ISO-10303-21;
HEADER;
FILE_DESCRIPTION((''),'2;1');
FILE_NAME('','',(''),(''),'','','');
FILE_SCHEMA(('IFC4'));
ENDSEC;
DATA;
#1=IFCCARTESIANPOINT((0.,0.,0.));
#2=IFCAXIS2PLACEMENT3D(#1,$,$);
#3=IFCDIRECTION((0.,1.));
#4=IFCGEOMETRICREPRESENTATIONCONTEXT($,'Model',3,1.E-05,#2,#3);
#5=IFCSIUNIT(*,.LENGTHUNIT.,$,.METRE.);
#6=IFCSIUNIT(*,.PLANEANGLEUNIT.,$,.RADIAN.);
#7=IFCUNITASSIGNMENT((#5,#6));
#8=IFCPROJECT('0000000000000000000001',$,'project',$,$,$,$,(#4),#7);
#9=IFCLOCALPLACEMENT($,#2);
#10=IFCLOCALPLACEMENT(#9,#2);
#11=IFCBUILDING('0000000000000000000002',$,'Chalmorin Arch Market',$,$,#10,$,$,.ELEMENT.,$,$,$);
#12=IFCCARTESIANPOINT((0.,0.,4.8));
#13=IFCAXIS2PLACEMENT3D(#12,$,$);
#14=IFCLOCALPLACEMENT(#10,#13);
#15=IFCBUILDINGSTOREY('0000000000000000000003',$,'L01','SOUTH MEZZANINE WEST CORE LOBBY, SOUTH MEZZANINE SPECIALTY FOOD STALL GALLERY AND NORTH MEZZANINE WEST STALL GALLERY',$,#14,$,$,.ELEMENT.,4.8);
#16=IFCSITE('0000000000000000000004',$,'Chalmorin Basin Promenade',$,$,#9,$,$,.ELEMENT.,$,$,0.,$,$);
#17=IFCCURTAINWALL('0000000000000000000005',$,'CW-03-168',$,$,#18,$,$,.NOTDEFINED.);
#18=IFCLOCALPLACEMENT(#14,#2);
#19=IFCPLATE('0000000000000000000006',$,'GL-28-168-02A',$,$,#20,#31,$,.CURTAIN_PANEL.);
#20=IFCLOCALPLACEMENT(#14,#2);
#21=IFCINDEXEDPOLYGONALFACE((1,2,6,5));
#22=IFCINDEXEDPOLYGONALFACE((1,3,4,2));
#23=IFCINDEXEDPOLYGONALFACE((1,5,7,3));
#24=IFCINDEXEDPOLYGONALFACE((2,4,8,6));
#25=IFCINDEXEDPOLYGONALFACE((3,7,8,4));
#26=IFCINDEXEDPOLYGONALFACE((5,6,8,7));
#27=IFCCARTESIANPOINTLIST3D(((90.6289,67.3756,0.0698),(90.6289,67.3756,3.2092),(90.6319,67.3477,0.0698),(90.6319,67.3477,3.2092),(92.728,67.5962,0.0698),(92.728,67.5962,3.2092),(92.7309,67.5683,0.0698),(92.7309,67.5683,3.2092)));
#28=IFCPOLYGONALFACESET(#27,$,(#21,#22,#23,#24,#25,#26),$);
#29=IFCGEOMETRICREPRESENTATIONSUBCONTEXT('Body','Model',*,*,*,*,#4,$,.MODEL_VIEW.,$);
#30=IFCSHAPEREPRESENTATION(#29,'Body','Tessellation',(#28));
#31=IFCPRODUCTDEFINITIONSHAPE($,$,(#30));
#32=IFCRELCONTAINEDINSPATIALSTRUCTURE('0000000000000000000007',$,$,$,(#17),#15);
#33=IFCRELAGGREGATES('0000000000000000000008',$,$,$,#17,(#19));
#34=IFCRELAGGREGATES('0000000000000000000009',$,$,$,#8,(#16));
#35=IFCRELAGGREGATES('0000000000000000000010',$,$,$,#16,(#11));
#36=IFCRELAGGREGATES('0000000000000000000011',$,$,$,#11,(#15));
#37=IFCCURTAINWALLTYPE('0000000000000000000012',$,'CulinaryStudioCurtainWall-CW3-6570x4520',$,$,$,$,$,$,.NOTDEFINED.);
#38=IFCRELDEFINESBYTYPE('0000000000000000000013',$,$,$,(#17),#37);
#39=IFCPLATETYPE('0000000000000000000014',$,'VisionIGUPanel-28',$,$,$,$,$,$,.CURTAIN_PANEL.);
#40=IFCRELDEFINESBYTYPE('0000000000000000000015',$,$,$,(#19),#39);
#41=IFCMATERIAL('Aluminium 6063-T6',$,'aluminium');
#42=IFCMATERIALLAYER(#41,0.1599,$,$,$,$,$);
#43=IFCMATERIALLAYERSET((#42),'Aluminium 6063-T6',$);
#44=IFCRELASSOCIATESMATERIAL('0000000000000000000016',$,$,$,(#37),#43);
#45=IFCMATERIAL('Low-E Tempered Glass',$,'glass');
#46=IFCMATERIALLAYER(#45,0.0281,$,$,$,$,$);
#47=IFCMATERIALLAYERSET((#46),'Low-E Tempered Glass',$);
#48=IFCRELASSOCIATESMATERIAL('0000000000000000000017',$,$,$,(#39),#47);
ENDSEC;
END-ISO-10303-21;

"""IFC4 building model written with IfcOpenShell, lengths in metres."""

from ifc_helpers import new_model, si_unit, direction, frame, origin, origin_2d, place, context, subcontext, project, spatial, rectangle, extrude, material, layer, layer_set, type_object, element, aggregate, save


model = new_model("IFC4")

# Units and contexts
model_context = context("Model", 3, precision=1e-05, world=origin(), true_north=direction((0.0, 1.0)))
body_context = subcontext(model_context, "Body", "Model", "MODEL_VIEW")
ifc_project = project(units=[si_unit("LENGTHUNIT", "METRE"), si_unit("PLANEANGLEUNIT", "RADIAN")], contexts=[model_context])

# Site, building, storey
site_placement = place(None, origin())
site = spatial("IfcSite", under=ifc_project, at=site_placement, Name="Chalmorin Basin Promenade", CompositionType="ELEMENT", RefElevation=0.0)
building_placement = place(site_placement, origin())
building = spatial("IfcBuilding", under=site, at=building_placement, Name="Chalmorin Arch Market", CompositionType="ELEMENT")
storey_placement = place(building_placement, frame((0.0, 0.0, 4.8)))
storey = spatial("IfcBuildingStorey", under=building, at=storey_placement, Name="L01", Description="SOUTH MEZZANINE WEST CORE LOBBY, SOUTH MEZZANINE SPECIALTY FOOD STALL GALLERY AND NORTH MEZZANINE WEST STALL GALLERY", CompositionType="ELEMENT", Elevation=4.8)

# Curtain wall
ifc_material_1 = material(Name="Aluminium 6063-T6", Category="aluminium")
ifc_layer_1 = layer(ifc_material_1, 0.1599)
ifc_layer_set_1 = layer_set([ifc_layer_1], Name="Aluminium 6063-T6")
curtain_wall_type_1 = type_object("IfcCurtainWallType", Name="CulinaryStudioCurtainWall-CW3-6570x4520", PredefinedType="NOTDEFINED", material=ifc_layer_set_1)
curtain_wall_1_placement = place(storey_placement, origin())
curtain_wall_1 = element("IfcCurtainWall", 1, at=curtain_wall_1_placement, inside=storey, type_object=curtain_wall_type_1, Name="CW-03-168", PredefinedType="NOTDEFINED")

# Plate
ifc_material_2 = material(Name="Low-E Tempered Glass", Category="glass")
ifc_layer_2 = layer(ifc_material_2, 0.0281)
ifc_layer_set_2 = layer_set([ifc_layer_2], Name="Low-E Tempered Glass")
plate_type_1 = type_object("IfcPlateType", Name="VisionIGUPanel-28", PredefinedType="CURTAIN_PANEL", material=ifc_layer_set_2)
plate_1_placement = place(storey_placement, frame((91.6799, 67.4719, 0.0698), z_axis=(0.0, 0.0, 1.0), x_axis=(0.994522, 0.104528, 0.0)))
plate_1 = element("IfcPlate", 2, at=plate_1_placement, type_object=plate_type_1, Name="GL-28-168-02A", PredefinedType="CURTAIN_PANEL", context=body_context, shape_type="SweptSolid", body=[
    extrude(rectangle(XDim=2.1106, YDim=0.0281, at=origin_2d()), origin(), (0.0, 0.0, 1.0), 3.1394),
])
aggregate(curtain_wall_1, [plate_1])

save(model, "model.ifc")
